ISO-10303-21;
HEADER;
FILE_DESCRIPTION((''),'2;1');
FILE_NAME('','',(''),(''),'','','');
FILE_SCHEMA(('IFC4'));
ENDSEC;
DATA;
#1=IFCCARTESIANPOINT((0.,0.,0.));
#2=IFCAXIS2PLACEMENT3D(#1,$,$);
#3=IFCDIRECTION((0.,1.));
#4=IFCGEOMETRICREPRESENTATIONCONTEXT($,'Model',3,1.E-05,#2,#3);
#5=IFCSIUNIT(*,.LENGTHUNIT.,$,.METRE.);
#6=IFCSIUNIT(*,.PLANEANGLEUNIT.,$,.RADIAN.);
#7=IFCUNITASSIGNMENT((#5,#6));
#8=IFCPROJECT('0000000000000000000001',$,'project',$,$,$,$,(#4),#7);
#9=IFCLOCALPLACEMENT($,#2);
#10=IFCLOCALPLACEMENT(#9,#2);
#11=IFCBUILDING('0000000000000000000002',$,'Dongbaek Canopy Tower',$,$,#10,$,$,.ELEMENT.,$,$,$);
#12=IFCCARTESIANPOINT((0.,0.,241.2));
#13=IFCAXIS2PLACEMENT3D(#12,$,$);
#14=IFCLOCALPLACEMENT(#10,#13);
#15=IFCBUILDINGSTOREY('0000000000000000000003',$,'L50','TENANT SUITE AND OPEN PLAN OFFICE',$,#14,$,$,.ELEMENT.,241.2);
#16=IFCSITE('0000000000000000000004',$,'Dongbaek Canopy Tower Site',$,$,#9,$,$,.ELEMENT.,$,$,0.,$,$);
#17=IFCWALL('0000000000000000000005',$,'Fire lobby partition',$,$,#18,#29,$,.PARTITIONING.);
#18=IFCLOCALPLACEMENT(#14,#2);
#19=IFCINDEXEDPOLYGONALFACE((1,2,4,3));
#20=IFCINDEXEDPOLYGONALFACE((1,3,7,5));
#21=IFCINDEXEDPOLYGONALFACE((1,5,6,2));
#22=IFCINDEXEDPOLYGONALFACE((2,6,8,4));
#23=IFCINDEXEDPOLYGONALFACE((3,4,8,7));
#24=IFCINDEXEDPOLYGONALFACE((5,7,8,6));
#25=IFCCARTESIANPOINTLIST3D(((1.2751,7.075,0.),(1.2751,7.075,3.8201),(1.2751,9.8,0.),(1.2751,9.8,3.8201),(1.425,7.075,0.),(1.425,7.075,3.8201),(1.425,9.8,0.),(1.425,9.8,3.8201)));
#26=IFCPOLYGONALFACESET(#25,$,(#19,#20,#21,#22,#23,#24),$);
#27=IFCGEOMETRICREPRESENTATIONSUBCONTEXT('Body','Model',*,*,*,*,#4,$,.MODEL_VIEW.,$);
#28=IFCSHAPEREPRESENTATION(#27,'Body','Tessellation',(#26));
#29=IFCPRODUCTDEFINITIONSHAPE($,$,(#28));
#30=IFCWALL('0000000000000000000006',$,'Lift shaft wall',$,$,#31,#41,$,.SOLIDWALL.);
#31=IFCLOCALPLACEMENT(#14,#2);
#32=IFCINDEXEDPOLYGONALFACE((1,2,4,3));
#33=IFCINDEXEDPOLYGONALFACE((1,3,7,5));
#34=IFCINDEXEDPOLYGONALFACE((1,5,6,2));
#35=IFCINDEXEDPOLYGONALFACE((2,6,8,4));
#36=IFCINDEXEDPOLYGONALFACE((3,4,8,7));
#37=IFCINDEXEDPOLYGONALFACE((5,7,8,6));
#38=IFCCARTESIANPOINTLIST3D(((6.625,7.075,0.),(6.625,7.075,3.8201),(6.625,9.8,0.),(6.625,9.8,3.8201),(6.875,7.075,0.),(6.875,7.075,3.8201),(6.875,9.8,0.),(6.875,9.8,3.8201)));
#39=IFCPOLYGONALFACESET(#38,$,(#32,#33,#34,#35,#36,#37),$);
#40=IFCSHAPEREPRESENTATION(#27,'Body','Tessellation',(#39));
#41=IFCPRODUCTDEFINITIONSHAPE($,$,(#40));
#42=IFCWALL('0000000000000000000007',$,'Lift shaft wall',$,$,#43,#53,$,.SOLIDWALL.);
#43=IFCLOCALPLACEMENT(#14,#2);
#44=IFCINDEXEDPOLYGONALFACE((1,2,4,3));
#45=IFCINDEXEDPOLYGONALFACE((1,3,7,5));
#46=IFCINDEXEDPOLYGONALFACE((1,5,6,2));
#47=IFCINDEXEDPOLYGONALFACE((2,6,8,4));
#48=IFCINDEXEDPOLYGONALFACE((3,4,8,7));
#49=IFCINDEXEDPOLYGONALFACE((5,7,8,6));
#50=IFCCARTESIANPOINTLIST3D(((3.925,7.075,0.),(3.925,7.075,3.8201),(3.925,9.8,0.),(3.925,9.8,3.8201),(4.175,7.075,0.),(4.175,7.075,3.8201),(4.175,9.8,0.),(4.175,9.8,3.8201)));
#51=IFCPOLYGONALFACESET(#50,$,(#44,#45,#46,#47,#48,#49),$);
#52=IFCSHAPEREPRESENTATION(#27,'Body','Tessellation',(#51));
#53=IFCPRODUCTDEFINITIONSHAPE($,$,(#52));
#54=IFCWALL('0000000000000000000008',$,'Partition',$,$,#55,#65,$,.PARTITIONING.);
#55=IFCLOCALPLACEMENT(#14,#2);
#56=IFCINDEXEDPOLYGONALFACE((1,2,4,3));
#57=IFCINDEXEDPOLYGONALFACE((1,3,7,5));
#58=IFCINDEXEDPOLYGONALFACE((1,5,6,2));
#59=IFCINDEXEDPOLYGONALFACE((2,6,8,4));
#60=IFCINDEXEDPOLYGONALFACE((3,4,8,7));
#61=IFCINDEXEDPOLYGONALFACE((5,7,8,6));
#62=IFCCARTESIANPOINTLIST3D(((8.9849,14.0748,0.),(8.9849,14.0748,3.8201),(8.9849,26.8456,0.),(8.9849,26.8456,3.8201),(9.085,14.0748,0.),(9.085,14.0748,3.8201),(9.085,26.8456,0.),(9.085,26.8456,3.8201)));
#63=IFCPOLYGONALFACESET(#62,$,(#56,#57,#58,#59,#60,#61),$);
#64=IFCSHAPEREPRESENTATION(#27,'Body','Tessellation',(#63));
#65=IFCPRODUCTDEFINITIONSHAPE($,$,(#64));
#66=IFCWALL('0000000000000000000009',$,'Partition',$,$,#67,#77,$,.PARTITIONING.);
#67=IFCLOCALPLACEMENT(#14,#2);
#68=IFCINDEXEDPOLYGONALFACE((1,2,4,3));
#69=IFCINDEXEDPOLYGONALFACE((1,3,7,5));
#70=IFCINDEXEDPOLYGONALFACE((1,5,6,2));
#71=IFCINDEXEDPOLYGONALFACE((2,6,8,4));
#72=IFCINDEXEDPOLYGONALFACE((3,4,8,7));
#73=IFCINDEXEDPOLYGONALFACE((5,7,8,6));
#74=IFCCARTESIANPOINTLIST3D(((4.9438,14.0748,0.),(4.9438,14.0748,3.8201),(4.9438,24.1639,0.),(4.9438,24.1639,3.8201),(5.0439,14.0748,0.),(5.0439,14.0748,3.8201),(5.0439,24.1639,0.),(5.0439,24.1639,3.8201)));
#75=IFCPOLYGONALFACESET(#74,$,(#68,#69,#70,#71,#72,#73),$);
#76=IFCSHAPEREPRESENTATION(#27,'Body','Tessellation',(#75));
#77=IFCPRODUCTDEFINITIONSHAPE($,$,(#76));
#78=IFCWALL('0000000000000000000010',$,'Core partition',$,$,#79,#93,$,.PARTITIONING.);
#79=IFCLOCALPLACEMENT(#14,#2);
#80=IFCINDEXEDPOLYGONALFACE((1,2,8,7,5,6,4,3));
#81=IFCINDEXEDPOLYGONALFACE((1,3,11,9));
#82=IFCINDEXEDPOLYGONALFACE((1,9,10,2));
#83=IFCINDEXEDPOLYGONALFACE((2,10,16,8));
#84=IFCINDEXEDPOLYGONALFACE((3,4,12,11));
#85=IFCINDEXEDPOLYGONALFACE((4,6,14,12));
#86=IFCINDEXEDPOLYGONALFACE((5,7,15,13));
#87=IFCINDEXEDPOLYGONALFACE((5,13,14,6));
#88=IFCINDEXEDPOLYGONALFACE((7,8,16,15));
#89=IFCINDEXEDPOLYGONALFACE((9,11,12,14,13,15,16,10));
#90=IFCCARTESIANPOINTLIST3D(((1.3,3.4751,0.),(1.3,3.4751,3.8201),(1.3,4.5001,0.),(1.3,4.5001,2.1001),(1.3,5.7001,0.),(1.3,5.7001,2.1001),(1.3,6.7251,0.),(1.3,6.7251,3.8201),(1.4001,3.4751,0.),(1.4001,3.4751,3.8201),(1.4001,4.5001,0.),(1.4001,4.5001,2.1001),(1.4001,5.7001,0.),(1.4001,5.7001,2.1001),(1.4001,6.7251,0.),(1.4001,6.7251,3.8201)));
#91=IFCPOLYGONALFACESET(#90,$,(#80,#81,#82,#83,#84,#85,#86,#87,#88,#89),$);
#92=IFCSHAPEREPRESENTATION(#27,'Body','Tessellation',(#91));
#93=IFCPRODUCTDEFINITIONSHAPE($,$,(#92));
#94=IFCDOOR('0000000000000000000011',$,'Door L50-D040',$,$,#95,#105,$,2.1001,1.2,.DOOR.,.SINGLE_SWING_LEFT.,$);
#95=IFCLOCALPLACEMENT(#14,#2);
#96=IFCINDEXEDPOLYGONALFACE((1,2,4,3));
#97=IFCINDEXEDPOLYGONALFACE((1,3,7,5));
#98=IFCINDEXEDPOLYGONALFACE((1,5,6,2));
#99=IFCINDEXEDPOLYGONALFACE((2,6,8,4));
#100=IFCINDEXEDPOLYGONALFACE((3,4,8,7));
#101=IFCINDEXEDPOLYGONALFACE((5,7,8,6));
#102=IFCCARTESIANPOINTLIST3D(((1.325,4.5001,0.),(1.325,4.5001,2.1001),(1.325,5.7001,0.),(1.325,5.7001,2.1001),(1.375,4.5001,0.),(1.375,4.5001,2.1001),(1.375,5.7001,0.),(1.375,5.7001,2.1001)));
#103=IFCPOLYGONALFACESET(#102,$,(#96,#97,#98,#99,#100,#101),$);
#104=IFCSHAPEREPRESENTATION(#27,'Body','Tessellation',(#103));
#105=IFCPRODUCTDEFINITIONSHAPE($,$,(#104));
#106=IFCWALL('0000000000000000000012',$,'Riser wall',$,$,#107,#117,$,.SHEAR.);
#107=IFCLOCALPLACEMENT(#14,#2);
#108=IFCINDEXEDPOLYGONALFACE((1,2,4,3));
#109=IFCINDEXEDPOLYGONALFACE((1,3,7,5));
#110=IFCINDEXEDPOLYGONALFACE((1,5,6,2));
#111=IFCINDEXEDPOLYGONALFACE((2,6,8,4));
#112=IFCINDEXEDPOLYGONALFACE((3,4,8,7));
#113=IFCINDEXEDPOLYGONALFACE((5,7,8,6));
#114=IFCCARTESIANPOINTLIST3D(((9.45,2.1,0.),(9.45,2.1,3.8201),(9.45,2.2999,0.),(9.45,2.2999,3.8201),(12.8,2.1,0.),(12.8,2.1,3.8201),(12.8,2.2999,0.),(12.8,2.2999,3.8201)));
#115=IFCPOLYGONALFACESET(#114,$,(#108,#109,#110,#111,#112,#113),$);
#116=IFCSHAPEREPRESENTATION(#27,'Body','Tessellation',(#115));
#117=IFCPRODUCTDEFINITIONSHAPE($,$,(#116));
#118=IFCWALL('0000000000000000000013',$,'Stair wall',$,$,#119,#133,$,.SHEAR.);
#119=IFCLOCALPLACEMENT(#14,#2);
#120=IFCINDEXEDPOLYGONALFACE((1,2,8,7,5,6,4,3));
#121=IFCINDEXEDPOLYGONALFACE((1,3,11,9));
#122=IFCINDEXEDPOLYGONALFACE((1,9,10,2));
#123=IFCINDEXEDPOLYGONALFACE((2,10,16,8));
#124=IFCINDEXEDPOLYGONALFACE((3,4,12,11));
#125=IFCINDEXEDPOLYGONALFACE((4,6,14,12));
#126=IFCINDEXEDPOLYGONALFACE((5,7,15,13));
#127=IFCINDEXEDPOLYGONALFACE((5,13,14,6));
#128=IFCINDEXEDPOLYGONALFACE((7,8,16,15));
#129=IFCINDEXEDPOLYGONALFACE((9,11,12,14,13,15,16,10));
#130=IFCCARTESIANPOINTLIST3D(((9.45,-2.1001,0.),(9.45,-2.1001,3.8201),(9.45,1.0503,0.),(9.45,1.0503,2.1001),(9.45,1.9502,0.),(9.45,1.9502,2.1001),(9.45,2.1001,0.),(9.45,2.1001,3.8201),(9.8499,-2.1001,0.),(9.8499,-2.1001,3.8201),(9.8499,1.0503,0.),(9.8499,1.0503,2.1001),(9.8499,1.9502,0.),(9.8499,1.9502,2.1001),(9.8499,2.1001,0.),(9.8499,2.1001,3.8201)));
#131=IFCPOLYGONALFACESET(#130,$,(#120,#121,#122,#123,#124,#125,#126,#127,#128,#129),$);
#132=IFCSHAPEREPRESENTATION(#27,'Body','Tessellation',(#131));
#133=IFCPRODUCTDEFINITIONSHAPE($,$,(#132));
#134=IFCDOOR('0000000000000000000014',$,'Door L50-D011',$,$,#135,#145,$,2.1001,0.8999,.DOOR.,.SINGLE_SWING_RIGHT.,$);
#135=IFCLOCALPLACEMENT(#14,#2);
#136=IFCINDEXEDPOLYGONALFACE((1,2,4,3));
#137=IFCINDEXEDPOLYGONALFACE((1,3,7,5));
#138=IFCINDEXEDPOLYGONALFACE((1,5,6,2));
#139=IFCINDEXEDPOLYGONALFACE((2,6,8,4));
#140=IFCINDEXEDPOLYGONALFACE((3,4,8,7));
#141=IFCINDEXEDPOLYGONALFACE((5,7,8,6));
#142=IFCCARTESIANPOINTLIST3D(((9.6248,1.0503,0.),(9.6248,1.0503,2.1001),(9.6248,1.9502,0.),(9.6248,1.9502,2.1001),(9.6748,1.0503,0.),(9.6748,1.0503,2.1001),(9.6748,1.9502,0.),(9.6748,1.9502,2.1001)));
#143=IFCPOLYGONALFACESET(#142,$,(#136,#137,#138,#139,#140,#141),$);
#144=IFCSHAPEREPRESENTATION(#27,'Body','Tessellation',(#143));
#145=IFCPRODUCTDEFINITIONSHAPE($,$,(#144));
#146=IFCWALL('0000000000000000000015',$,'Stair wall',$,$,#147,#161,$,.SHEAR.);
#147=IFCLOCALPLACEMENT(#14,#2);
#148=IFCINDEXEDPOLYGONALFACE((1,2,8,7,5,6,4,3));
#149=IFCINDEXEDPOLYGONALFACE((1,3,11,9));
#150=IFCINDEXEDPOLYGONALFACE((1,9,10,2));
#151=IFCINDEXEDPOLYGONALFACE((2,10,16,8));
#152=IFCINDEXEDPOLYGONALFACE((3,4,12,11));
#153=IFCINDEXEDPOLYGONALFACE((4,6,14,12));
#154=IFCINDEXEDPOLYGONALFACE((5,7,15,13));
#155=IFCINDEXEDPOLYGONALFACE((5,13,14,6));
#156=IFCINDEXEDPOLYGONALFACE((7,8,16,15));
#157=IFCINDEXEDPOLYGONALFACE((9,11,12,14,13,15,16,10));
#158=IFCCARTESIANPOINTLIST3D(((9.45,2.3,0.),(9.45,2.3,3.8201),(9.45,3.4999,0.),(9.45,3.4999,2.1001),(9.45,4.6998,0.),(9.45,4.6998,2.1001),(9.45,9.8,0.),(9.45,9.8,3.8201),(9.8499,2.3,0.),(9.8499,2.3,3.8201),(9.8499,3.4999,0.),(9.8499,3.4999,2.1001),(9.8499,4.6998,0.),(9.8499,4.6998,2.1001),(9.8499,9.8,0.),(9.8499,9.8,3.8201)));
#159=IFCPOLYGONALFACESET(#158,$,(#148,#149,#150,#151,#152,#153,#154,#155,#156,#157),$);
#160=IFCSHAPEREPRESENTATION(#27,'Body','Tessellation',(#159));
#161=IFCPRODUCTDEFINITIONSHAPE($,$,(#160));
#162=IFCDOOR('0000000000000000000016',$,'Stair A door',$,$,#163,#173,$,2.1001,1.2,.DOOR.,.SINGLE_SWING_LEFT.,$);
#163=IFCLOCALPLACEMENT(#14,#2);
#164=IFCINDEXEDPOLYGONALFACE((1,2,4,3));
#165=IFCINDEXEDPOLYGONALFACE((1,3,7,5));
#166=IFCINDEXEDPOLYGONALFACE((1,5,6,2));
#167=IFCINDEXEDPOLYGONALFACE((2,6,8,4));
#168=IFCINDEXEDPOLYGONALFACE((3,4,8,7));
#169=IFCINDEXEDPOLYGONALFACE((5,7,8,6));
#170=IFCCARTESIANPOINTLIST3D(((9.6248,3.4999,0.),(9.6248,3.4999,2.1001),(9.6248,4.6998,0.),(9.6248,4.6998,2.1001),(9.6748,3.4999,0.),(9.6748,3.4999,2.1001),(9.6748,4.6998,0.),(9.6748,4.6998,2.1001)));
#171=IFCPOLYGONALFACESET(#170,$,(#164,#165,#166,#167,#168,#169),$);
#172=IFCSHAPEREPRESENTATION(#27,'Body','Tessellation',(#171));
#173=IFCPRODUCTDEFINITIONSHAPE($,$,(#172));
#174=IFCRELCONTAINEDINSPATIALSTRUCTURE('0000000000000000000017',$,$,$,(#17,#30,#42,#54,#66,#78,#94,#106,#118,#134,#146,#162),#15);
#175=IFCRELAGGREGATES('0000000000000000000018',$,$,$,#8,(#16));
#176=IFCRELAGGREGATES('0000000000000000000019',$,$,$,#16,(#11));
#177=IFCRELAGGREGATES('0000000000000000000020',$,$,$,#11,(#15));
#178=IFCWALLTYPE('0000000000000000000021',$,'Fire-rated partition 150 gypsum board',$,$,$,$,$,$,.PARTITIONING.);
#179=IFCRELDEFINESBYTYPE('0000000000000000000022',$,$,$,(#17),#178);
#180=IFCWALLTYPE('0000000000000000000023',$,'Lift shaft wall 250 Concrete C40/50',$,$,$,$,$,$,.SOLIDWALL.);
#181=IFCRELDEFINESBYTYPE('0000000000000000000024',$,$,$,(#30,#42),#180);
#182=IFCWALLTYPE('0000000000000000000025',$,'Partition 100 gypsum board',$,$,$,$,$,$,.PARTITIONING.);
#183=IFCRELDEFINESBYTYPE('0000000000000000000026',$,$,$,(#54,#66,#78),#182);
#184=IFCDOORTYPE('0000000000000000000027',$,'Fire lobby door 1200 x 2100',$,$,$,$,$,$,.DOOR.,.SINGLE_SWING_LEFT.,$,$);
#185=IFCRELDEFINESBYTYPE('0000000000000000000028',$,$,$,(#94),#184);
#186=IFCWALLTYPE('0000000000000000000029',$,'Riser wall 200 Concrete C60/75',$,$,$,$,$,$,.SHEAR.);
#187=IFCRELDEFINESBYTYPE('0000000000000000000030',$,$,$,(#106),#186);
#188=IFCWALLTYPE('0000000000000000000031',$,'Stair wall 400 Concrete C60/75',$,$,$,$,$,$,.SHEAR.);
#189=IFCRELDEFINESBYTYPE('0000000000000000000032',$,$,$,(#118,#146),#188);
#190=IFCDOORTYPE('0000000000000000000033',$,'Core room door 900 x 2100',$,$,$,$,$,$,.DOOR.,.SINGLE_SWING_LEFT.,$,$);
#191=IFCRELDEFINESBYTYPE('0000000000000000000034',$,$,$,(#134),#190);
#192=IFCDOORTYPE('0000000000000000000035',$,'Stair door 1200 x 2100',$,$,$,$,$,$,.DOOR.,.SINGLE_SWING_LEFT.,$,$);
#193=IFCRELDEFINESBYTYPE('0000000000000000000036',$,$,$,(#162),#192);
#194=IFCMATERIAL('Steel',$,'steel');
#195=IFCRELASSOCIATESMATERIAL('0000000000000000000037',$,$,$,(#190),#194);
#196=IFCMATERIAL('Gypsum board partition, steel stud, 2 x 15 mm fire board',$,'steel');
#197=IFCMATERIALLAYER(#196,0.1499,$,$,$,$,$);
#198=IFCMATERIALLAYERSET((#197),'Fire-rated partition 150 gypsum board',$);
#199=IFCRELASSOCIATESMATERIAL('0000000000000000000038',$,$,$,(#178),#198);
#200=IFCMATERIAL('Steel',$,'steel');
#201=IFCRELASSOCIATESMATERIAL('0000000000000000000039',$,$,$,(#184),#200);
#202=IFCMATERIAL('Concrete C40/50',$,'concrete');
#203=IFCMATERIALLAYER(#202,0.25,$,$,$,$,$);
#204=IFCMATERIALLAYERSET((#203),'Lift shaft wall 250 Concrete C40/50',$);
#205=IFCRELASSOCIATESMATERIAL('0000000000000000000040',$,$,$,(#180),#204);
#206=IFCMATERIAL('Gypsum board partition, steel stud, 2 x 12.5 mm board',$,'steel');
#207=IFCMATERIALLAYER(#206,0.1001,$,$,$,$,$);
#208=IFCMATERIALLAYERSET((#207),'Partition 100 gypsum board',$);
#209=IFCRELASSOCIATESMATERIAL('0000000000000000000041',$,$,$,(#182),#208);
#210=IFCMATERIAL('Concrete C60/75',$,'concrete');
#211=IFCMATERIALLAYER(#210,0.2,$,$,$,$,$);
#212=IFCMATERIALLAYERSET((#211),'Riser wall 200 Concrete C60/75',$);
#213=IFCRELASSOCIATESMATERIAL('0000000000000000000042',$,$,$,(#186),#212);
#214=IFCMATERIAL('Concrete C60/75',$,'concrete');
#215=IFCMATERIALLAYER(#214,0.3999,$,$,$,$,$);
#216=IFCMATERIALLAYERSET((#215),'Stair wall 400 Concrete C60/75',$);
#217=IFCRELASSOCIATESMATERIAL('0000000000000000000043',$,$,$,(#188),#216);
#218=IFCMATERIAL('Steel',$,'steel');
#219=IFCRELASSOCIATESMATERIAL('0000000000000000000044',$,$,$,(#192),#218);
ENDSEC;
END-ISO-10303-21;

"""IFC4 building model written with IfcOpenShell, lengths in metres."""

from ifc_helpers import new_model, si_unit, direction, frame, frame_2d, origin, place, context, subcontext, project, spatial, rectangle, extrude, material, layer, layer_set, type_object, element, fill, save


model = new_model("IFC4")

# Units and contexts
model_context = context("Model", 3, precision=1e-05, world=origin(), true_north=direction((0.0, 1.0)))
body_context = subcontext(model_context, "Body", "Model", "MODEL_VIEW")
ifc_project = project(units=[si_unit("LENGTHUNIT", "METRE"), si_unit("PLANEANGLEUNIT", "RADIAN")], contexts=[model_context])

# Site, building, storey
site_placement = place(None, origin())
site = spatial("IfcSite", under=ifc_project, at=site_placement, Name="Dongbaek Canopy Tower Site", CompositionType="ELEMENT", RefElevation=0.0)
building_placement = place(site_placement, origin())
building = spatial("IfcBuilding", under=site, at=building_placement, Name="Dongbaek Canopy Tower", CompositionType="ELEMENT")
storey_placement = place(building_placement, frame((0.0, 0.0, 241.2)))
storey = spatial("IfcBuildingStorey", under=building, at=storey_placement, Name="L50", Description="TENANT SUITE AND OPEN PLAN OFFICE", CompositionType="ELEMENT", Elevation=241.2)

# Shared definitions
ifc_material_1 = material(Name="Steel", Category="steel")
door_type_1 = type_object("IfcDoorType", Name="Core room door 900 x 2100", OperationType="SINGLE_SWING_LEFT", PredefinedType="DOOR", material=ifc_material_1)

# Shared definitions
ifc_material_2 = material(Name="Gypsum board partition, steel stud, 2 x 15 mm fire board", Category="steel")
ifc_layer_1 = layer(ifc_material_2, 0.1499)
ifc_layer_set_1 = layer_set([ifc_layer_1], Name="Fire-rated partition 150 gypsum board")
wall_type_1 = type_object("IfcWallType", Name="Fire-rated partition 150 gypsum board", PredefinedType="PARTITIONING", material=ifc_layer_set_1)
ifc_material_3 = material(Name="Steel", Category="steel")
door_type_2 = type_object("IfcDoorType", Name="Fire lobby door 1200 x 2100", OperationType="SINGLE_SWING_LEFT", PredefinedType="DOOR", material=ifc_material_3)

# Walls
wall_1_placement = place(storey_placement, frame((1.3501, 7.075, 0.0), z_axis=(0.0, 0.0, 1.0), x_axis=(0.0, 1.0, 0.0)))
element("IfcWall", 1, at=wall_1_placement, inside=storey, type_object=wall_type_1, Name="Fire lobby partition", PredefinedType="PARTITIONING", context=body_context, shape_type="SweptSolid", body=[
    extrude(rectangle(XDim=2.7251, YDim=0.1499, at=frame_2d((1.3625, 0.0))), origin(), (0.0, 0.0, 1.0), 3.8201),
])
ifc_material_4 = material(Name="Concrete C40/50", Category="concrete")
ifc_layer_2 = layer(ifc_material_4, 0.25)
ifc_layer_set_2 = layer_set([ifc_layer_2], Name="Lift shaft wall 250 Concrete C40/50")
wall_type_2 = type_object("IfcWallType", Name="Lift shaft wall 250 Concrete C40/50", PredefinedType="SOLIDWALL", material=ifc_layer_set_2)
for number, where, z_axis, x_axis, name in (
    (2, (6.75, 7.075, 0.0), (0.0, 0.0, 1.0), (0.0, 1.0, 0.0), "Lift shaft wall"),
    (3, (4.05, 7.075, 0.0), (0.0, 0.0, 1.0), (0.0, 1.0, 0.0), "Lift shaft wall"),
):
    element("IfcWall", number, at=place(storey_placement, frame(where, z_axis=z_axis, x_axis=x_axis)), inside=storey, type_object=wall_type_2, Name=name, PredefinedType="SOLIDWALL", context=body_context, shape_type="SweptSolid", body=[
        extrude(rectangle(XDim=2.7251, YDim=0.25, at=frame_2d((1.3625, 0.0))), origin(), (0.0, 0.0, 1.0), 3.8201),
    ])
ifc_material_5 = material(Name="Gypsum board partition, steel stud, 2 x 12.5 mm board", Category="steel")
ifc_layer_3 = layer(ifc_material_5, 0.1001)
ifc_layer_set_3 = layer_set([ifc_layer_3], Name="Partition 100 gypsum board")
wall_type_3 = type_object("IfcWallType", Name="Partition 100 gypsum board", PredefinedType="PARTITIONING", material=ifc_layer_set_3)
wall_2_placement = place(storey_placement, frame((9.0349, 14.075, 0.0), z_axis=(0.0, 0.0, 1.0), x_axis=(0.0, 1.0, 0.0)))
element("IfcWall", 4, at=wall_2_placement, inside=storey, type_object=wall_type_3, Name="Partition", PredefinedType="PARTITIONING", context=body_context, shape_type="SweptSolid", body=[
    extrude(rectangle(XDim=12.7708, YDim=0.1001, at=frame_2d((6.3853, 0.0))), origin(), (0.0, 0.0, 1.0), 3.8201),
])
wall_3_placement = place(storey_placement, frame((4.9939, 14.075, 0.0), z_axis=(0.0, 0.0, 1.0), x_axis=(0.0, 1.0, 0.0)))
element("IfcWall", 5, at=wall_3_placement, inside=storey, type_object=wall_type_3, Name="Partition", PredefinedType="PARTITIONING", context=body_context, shape_type="SweptSolid", body=[
    extrude(rectangle(XDim=10.0891, YDim=0.1001, at=frame_2d((5.0444, 0.0))), origin(), (0.0, 0.0, 1.0), 3.8201),
])

# Wall, opening, door
wall_4_placement = place(storey_placement, frame((1.3501, 6.7251, 0.0), z_axis=(0.0, 0.0, 1.0), x_axis=(0.0, -1.0, 0.0)))
wall_4 = element("IfcWall", 6, at=wall_4_placement, inside=storey, type_object=wall_type_3, Name="Core partition", PredefinedType="PARTITIONING", context=body_context, shape_type="SweptSolid", body=[
    extrude(rectangle(XDim=3.25, YDim=0.1001, at=frame_2d((1.625, 0.0))), origin(), (0.0, 0.0, 1.0), 3.8201),
])
opening_1_placement = place(wall_4_placement, frame((1.0249, 0.0, 0.0)))
opening_1 = element("IfcOpeningElement", 7, at=opening_1_placement, cuts=wall_4, PredefinedType="OPENING", context=body_context, shape_type="SweptSolid", body=[
    extrude(rectangle(XDim=1.2, YDim=2.1001, at=frame_2d((0.6001, 1.05))), frame((0.0, 0.0601, 0.0), z_axis=(0.0, -1.0, 0.0), x_axis=(1.0, 0.0, 0.0)), (0.0, 0.0, 1.0), 0.1201),
])
door_1_placement = place(opening_1_placement, origin())
door_1 = element("IfcDoor", 8, at=door_1_placement, inside=storey, type_object=door_type_2, Name="Door L50-D040", OperationType="SINGLE_SWING_LEFT", OverallHeight=2.1001, OverallWidth=1.2, PredefinedType="DOOR", context=body_context, shape_type="SweptSolid", body=[
    extrude(rectangle(XDim=1.2, YDim=2.1001, at=frame_2d((0.6001, 1.05))), frame((0.0, 0.0249, 0.0), z_axis=(0.0, -1.0, 0.0), x_axis=(1.0, 0.0, 0.0)), (0.0, 0.0, 1.0), 0.05),
])
fill(opening_1, door_1)

# Wall
ifc_material_6 = material(Name="Concrete C60/75", Category="concrete")
ifc_layer_4 = layer(ifc_material_6, 0.2)
ifc_layer_set_4 = layer_set([ifc_layer_4], Name="Riser wall 200 Concrete C60/75")
wall_type_4 = type_object("IfcWallType", Name="Riser wall 200 Concrete C60/75", PredefinedType="SHEAR", material=ifc_layer_set_4)
wall_5_placement = place(storey_placement, frame((9.45, 2.2, 0.0), z_axis=(0.0, 0.0, 1.0), x_axis=(1.0, 0.0, 0.0)))
element("IfcWall", 9, at=wall_5_placement, inside=storey, type_object=wall_type_4, Name="Riser wall", PredefinedType="SHEAR", context=body_context, shape_type="SweptSolid", body=[
    extrude(rectangle(XDim=3.3501, YDim=0.2, at=frame_2d((1.675, 0.0))), origin(), (0.0, 0.0, 1.0), 3.8201),
])

# Walls, openings, doors
ifc_material_7 = material(Name="Concrete C60/75", Category="concrete")
ifc_layer_5 = layer(ifc_material_7, 0.3999)
ifc_layer_set_5 = layer_set([ifc_layer_5], Name="Stair wall 400 Concrete C60/75")
wall_type_5 = type_object("IfcWallType", Name="Stair wall 400 Concrete C60/75", PredefinedType="SHEAR", material=ifc_layer_set_5)
wall_6_placement = place(storey_placement, frame((9.6499, 2.1001, 0.0), z_axis=(0.0, 0.0, 1.0), x_axis=(0.0, -1.0, 0.0)))
wall_6 = element("IfcWall", 10, at=wall_6_placement, inside=storey, type_object=wall_type_5, Name="Stair wall", PredefinedType="SHEAR", context=body_context, shape_type="SweptSolid", body=[
    extrude(rectangle(XDim=4.2002, YDim=0.3999, at=frame_2d((2.1001, 0.0))), origin(), (0.0, 0.0, 1.0), 3.8201),
])
opening_2_placement = place(wall_6_placement, frame((0.1499, 0.0, 0.0)))
opening_2 = element("IfcOpeningElement", 11, at=opening_2_placement, cuts=wall_6, PredefinedType="OPENING", context=body_context, shape_type="SweptSolid", body=[
    extrude(rectangle(XDim=0.8999, YDim=2.1001, at=frame_2d((0.45, 1.05))), frame((0.0, 0.21, 0.0), z_axis=(0.0, -1.0, 0.0), x_axis=(1.0, 0.0, 0.0)), (0.0, 0.0, 1.0), 0.4199),
])
door_2_placement = place(opening_2_placement, origin())
door_2 = element("IfcDoor", 12, at=door_2_placement, inside=storey, type_object=door_type_1, Name="Door L50-D011", OperationType="SINGLE_SWING_RIGHT", OverallHeight=2.1001, OverallWidth=0.8999, PredefinedType="DOOR", context=body_context, shape_type="SweptSolid", body=[
    extrude(rectangle(XDim=0.8999, YDim=2.1001, at=frame_2d((0.45, 1.05))), frame((0.0, 0.0249, 0.0), z_axis=(0.0, -1.0, 0.0), x_axis=(1.0, 0.0, 0.0)), (0.0, 0.0, 1.0), 0.05),
])
fill(opening_2, door_2)
wall_7_placement = place(storey_placement, frame((9.6499, 9.8, 0.0), z_axis=(0.0, 0.0, 1.0), x_axis=(0.0, -1.0, 0.0)))
wall_7 = element("IfcWall", 13, at=wall_7_placement, inside=storey, type_object=wall_type_5, Name="Stair wall", PredefinedType="SHEAR", context=body_context, shape_type="SweptSolid", body=[
    extrude(rectangle(XDim=7.5, YDim=0.3999, at=frame_2d((3.75, 0.0))), origin(), (0.0, 0.0, 1.0), 3.8201),
])
opening_3_placement = place(wall_7_placement, frame((5.1001, 0.0, 0.0)))
opening_3 = element("IfcOpeningElement", 14, at=opening_3_placement, cuts=wall_7, PredefinedType="OPENING", context=body_context, shape_type="SweptSolid", body=[
    extrude(rectangle(XDim=1.2, YDim=2.1001, at=frame_2d((0.6001, 1.05))), frame((0.0, 0.21, 0.0), z_axis=(0.0, -1.0, 0.0), x_axis=(1.0, 0.0, 0.0)), (0.0, 0.0, 1.0), 0.4199),
])
ifc_material_8 = material(Name="Steel", Category="steel")
door_type_3 = type_object("IfcDoorType", Name="Stair door 1200 x 2100", OperationType="SINGLE_SWING_LEFT", PredefinedType="DOOR", material=ifc_material_8)
door_3_placement = place(opening_3_placement, origin())
door_3 = element("IfcDoor", 15, at=door_3_placement, inside=storey, type_object=door_type_3, Name="Stair A door", OperationType="SINGLE_SWING_LEFT", OverallHeight=2.1001, OverallWidth=1.2, PredefinedType="DOOR", context=body_context, shape_type="SweptSolid", body=[
    extrude(rectangle(XDim=1.2, YDim=2.1001, at=frame_2d((0.6001, 1.05))), frame((0.0, 0.0249, 0.0), z_axis=(0.0, -1.0, 0.0), x_axis=(1.0, 0.0, 0.0)), (0.0, 0.0, 1.0), 0.05),
])
fill(opening_3, door_3)

save(model, "model.ifc")
